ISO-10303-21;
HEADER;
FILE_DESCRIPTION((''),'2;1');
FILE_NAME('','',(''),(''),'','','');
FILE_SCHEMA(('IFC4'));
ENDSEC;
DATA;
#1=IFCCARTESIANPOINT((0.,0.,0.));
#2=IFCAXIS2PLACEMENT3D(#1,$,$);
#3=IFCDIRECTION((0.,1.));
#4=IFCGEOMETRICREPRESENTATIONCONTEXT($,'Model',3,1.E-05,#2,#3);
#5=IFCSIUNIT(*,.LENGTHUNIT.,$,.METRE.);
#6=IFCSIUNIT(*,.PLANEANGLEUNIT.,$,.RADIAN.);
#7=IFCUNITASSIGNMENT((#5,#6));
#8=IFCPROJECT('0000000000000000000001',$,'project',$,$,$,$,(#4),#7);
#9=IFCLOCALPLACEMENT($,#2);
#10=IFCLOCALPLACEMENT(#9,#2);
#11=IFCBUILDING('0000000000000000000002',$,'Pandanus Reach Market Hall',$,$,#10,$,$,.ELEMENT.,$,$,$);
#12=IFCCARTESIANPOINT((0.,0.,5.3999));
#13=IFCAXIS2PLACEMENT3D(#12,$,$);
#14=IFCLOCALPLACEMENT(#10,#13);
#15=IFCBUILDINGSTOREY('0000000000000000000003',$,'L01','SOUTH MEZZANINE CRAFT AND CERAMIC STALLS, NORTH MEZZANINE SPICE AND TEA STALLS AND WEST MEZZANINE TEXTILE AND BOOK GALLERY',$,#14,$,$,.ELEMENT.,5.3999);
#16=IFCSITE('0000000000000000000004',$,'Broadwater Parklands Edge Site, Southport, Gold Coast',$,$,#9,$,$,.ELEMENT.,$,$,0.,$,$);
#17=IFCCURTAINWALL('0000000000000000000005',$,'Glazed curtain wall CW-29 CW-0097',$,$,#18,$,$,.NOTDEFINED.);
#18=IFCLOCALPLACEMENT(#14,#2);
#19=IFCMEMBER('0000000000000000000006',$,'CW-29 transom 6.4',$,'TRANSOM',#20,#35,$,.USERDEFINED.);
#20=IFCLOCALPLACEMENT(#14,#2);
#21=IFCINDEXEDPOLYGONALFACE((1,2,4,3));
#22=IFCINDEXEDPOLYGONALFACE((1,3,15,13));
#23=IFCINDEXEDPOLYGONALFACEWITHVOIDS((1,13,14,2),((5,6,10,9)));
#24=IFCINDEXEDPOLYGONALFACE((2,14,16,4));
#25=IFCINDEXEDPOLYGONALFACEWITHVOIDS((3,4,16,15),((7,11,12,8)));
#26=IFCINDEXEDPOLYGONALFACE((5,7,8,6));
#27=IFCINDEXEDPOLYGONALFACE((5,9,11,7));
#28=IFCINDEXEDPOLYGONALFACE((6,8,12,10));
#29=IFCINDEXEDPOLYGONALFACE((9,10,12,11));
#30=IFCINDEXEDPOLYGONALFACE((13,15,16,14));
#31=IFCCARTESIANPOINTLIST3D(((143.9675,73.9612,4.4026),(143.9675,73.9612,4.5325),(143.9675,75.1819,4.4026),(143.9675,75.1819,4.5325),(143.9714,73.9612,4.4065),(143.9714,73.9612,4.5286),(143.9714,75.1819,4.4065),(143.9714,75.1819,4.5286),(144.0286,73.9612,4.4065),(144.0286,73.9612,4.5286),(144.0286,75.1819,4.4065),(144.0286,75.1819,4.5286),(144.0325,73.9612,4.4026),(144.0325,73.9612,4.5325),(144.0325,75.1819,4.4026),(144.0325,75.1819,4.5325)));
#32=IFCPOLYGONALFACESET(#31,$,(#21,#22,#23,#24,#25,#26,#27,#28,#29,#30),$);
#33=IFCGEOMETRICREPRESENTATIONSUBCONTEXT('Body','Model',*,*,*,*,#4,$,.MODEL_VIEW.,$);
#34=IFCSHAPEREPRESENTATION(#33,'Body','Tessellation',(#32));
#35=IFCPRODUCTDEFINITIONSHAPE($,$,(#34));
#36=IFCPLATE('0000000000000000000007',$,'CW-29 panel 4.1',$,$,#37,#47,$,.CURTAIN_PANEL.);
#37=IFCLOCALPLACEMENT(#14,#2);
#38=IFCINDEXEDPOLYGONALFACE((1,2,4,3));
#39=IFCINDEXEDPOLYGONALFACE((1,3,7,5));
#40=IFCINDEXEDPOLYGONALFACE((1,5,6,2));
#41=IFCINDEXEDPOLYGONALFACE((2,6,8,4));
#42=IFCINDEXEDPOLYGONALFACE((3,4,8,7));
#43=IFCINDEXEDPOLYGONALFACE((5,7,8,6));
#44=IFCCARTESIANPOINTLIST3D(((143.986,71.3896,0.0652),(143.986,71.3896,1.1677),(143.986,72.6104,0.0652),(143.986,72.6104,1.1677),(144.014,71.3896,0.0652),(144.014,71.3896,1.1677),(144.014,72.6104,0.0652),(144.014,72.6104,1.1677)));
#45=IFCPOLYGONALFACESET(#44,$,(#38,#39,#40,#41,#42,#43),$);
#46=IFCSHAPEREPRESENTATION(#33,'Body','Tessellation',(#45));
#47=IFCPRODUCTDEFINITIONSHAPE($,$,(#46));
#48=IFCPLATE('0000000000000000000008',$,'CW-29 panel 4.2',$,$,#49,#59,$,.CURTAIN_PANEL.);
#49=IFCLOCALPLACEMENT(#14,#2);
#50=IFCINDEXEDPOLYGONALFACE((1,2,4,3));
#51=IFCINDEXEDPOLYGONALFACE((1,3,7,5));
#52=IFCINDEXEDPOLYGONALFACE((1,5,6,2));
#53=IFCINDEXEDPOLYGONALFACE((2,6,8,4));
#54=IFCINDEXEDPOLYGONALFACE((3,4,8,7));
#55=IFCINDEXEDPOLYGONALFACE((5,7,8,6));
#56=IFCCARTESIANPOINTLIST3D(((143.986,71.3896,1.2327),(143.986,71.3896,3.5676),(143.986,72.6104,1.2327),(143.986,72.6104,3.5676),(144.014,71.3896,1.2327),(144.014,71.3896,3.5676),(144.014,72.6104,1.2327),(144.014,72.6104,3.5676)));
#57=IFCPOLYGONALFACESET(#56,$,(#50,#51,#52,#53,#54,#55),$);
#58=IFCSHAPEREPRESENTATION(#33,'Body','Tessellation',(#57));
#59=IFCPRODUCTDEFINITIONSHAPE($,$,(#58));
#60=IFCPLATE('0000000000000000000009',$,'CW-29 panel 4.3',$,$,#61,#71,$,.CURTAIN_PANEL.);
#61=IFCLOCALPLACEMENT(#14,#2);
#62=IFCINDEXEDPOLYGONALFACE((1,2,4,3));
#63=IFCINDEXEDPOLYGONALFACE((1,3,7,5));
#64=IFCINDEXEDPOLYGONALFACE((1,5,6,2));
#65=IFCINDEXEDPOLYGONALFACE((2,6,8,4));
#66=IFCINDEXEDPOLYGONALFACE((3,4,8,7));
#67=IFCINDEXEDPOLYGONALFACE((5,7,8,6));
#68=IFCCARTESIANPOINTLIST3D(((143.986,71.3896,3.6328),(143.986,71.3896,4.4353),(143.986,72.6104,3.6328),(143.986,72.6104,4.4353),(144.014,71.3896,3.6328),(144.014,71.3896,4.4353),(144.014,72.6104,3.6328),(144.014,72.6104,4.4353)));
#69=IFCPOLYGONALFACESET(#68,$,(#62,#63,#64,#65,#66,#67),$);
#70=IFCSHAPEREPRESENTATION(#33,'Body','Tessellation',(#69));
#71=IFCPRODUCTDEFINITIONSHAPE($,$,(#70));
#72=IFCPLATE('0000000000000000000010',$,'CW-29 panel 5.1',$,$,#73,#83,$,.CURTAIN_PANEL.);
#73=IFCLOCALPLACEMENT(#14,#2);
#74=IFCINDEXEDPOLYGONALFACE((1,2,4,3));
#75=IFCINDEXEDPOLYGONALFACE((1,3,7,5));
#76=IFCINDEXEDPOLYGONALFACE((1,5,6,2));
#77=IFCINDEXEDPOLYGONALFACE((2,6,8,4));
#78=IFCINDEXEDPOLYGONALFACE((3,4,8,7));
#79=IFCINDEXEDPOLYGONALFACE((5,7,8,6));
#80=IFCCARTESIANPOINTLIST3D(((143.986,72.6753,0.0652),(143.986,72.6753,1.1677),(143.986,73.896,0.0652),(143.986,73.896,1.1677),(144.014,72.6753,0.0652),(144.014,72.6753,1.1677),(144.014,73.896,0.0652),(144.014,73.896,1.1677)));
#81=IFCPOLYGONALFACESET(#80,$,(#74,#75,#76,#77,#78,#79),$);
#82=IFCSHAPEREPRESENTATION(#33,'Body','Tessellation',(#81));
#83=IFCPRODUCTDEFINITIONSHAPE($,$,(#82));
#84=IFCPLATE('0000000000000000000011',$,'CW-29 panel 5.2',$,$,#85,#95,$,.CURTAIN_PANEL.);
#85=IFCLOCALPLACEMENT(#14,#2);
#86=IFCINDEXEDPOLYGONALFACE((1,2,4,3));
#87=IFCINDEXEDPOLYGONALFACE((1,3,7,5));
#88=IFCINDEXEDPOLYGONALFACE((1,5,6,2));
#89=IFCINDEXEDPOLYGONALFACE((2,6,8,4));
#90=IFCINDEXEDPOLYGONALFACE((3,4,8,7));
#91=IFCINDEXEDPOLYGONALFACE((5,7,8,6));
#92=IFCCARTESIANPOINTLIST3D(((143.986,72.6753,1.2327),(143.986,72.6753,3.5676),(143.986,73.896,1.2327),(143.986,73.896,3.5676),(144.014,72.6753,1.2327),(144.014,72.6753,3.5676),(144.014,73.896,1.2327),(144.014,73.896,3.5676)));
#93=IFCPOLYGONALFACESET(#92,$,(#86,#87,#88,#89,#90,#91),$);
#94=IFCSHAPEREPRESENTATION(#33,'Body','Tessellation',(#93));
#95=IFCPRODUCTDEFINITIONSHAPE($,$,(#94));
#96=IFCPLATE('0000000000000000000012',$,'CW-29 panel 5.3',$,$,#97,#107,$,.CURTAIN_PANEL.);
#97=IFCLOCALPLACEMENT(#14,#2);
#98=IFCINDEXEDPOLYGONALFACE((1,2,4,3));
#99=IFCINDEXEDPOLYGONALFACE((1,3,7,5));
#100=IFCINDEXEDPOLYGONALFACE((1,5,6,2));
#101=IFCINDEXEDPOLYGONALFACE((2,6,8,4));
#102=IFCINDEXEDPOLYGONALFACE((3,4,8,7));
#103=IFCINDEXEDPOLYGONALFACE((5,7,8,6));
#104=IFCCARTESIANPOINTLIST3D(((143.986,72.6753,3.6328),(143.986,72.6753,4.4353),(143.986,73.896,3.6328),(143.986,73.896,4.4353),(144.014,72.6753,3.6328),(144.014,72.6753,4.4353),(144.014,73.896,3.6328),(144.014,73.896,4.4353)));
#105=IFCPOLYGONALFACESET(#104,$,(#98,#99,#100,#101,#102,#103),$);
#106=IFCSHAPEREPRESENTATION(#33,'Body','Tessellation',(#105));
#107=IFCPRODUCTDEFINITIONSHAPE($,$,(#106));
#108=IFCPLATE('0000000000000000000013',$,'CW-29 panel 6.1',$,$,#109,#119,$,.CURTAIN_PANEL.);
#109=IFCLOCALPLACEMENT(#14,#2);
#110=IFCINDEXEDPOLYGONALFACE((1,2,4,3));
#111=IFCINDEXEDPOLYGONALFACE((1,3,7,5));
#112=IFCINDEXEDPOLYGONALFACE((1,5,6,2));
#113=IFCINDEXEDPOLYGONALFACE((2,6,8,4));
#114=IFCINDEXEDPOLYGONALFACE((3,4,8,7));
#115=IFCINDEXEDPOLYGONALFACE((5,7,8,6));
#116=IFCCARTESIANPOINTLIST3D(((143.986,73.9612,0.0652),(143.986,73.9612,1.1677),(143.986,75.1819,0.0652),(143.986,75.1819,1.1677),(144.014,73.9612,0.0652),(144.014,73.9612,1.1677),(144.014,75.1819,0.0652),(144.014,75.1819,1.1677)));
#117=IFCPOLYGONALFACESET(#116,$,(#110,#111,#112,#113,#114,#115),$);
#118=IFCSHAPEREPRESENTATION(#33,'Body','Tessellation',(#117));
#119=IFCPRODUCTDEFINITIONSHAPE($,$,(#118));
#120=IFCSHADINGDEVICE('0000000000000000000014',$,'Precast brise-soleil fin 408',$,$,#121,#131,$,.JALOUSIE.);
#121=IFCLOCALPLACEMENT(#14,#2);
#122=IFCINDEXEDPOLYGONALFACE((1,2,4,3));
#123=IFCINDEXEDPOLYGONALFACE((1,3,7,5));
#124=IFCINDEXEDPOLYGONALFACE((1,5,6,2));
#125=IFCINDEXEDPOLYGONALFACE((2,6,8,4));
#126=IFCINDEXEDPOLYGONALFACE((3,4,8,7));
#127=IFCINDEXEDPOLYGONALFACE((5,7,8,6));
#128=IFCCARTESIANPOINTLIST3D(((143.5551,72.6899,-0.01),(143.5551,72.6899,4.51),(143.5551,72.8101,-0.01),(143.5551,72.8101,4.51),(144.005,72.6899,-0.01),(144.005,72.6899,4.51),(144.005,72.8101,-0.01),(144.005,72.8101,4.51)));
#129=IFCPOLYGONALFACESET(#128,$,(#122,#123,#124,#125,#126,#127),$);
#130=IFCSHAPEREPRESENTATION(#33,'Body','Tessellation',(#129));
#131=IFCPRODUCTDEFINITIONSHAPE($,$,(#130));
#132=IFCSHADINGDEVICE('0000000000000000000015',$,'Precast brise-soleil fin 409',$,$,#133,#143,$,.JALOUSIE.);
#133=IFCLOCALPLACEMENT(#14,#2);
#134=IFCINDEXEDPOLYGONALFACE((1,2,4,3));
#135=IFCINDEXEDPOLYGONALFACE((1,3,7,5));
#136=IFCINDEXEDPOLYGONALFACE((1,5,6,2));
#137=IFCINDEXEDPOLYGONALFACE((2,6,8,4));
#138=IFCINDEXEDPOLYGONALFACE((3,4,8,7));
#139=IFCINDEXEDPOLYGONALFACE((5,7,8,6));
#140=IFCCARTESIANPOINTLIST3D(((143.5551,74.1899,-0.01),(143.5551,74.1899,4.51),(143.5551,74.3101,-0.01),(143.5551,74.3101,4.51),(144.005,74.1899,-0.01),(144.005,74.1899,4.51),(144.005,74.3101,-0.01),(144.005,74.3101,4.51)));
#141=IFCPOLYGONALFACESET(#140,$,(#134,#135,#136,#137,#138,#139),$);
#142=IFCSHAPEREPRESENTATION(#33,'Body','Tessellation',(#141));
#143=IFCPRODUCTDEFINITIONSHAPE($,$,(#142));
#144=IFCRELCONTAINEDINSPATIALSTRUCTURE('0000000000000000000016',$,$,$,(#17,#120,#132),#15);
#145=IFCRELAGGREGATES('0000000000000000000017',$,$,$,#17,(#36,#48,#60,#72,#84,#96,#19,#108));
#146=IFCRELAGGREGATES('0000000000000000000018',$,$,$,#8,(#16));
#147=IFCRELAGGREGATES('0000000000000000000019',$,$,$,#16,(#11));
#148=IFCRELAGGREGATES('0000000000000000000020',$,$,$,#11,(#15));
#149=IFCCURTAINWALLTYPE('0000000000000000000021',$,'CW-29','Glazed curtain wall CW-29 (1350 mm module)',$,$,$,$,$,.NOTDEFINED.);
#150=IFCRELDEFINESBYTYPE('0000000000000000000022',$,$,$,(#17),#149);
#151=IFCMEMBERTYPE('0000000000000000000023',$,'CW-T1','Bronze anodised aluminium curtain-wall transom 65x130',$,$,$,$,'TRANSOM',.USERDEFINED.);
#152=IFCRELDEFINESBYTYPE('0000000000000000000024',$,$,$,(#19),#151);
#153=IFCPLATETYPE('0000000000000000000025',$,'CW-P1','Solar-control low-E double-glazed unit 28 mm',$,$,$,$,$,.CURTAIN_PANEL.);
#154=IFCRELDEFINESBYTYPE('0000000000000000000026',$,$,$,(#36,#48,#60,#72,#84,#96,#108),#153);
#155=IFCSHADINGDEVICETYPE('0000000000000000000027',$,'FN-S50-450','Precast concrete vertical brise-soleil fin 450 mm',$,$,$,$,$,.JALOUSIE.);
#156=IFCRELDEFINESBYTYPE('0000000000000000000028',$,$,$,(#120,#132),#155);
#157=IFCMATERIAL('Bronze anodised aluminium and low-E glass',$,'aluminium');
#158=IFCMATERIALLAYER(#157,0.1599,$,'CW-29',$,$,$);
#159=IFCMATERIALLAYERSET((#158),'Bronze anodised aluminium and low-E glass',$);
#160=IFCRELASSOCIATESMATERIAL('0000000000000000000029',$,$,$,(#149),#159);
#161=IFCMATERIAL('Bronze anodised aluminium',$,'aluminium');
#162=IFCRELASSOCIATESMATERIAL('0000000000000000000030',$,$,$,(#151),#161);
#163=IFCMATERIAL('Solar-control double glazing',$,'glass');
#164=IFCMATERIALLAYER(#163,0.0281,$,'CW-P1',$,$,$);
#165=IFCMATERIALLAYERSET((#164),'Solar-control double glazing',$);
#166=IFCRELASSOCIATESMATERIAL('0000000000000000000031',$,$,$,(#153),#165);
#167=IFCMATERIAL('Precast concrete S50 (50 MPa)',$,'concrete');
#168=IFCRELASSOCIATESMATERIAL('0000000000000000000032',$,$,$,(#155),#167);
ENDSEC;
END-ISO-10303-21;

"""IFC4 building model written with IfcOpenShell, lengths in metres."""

from ifc_helpers import new_model, si_unit, direction, frame, origin, origin_2d, place, context, subcontext, project, spatial, rectangle, hollow_rectangle, extrude, material, layer, layer_set, material_profile, profile_set, type_object, element, aggregate, save


model = new_model("IFC4")

# Units and contexts
model_context = context("Model", 3, precision=1e-05, world=origin(), true_north=direction((0.0, 1.0)))
body_context = subcontext(model_context, "Body", "Model", "MODEL_VIEW")
ifc_project = project(units=[si_unit("LENGTHUNIT", "METRE"), si_unit("PLANEANGLEUNIT", "RADIAN")], contexts=[model_context])

# Site, building, storey
site_placement = place(None, origin())
site = spatial("IfcSite", under=ifc_project, at=site_placement, Name="Broadwater Parklands Edge Site, Southport, Gold Coast", CompositionType="ELEMENT", RefElevation=0.0)
building_placement = place(site_placement, origin())
building = spatial("IfcBuilding", under=site, at=building_placement, Name="Pandanus Reach Market Hall", CompositionType="ELEMENT")
storey_placement = place(building_placement, frame((0.0, 0.0, 5.3999)))
storey = spatial("IfcBuildingStorey", under=building, at=storey_placement, Name="L01", Description="SOUTH MEZZANINE CRAFT AND CERAMIC STALLS, NORTH MEZZANINE SPICE AND TEA STALLS AND WEST MEZZANINE TEXTILE AND BOOK GALLERY", CompositionType="ELEMENT", Elevation=5.3999)

# Curtain wall, member, plates
ifc_material_1 = material(Name="Bronze anodised aluminium and low-E glass", Category="aluminium")
ifc_layer_1 = layer(ifc_material_1, 0.1599, Name="CW-29")
ifc_layer_set_1 = layer_set([ifc_layer_1], Name="Bronze anodised aluminium and low-E glass")
curtain_wall_type = type_object("IfcCurtainWallType", Name="CW-29", Description="Glazed curtain wall CW-29 (1350 mm module)", PredefinedType="NOTDEFINED", material=ifc_layer_set_1)
curtain_wall_placement = place(storey_placement, origin())
curtain_wall = element("IfcCurtainWall", 1, at=curtain_wall_placement, inside=storey, type_object=curtain_wall_type, Name="Glazed curtain wall CW-29 CW-0097", PredefinedType="NOTDEFINED")
ifc_material_2 = material(Name="Bronze anodised aluminium", Category="aluminium")
ifc_material_profile_1 = material_profile(ifc_material_2, hollow_rectangle(XDim=0.0649, YDim=0.1299, WallThickness=0.0039, at=origin_2d()), Name="ALU65x130", Category="LoadBearing")
ifc_profile_set_1 = profile_set([ifc_material_profile_1], Name="Bronze anodised aluminium")
member_type_1 = type_object("IfcMemberType", Name="CW-T1", Description="Bronze anodised aluminium curtain-wall transom 65x130", ElementType="TRANSOM", PredefinedType="USERDEFINED", material=ifc_profile_set_1)
member_1_placement = place(storey_placement, frame((144.0, 73.9612, 4.4675), z_axis=(0.0, 1.0, 0.0), x_axis=(-1.0, 0.0, 0.0)))
member_1 = element("IfcMember", 2, at=member_1_placement, type_object=member_type_1, Name="CW-29 transom 6.4", ObjectType="TRANSOM", PredefinedType="USERDEFINED", context=body_context, shape_type="SweptSolid", body=[
    extrude(hollow_rectangle(XDim=0.0649, YDim=0.1299, WallThickness=0.0039, at=origin_2d()), origin(), (0.0, 0.0, 1.0), 1.2207),
])
ifc_material_3 = material(Name="Solar-control double glazing", Category="glass")
ifc_layer_2 = layer(ifc_material_3, 0.0281, Name="CW-P1")
ifc_layer_set_2 = layer_set([ifc_layer_2], Name="Solar-control double glazing")
plate_type = type_object("IfcPlateType", Name="CW-P1", Description="Solar-control low-E double-glazed unit 28 mm", PredefinedType="CURTAIN_PANEL", material=ifc_layer_set_2)
plate_1_placement = place(storey_placement, frame((144.0, 72.0, 0.0652), z_axis=(0.0, 0.0, 1.0), x_axis=(0.0, 1.0, 0.0)))
plate_1 = element("IfcPlate", 3, at=plate_1_placement, type_object=plate_type, Name="CW-29 panel 4.1", PredefinedType="CURTAIN_PANEL", context=body_context, shape_type="SweptSolid", body=[
    extrude(rectangle(XDim=1.2207, YDim=0.0281, at=origin_2d()), origin(), (0.0, 0.0, 1.0), 1.1025),
])
plate_2_placement = place(storey_placement, frame((144.0, 72.0, 1.2327), z_axis=(0.0, 0.0, 1.0), x_axis=(0.0, 1.0, 0.0)))
plate_2 = element("IfcPlate", 4, at=plate_2_placement, type_object=plate_type, Name="CW-29 panel 4.2", PredefinedType="CURTAIN_PANEL", context=body_context, shape_type="SweptSolid", body=[
    extrude(rectangle(XDim=1.2207, YDim=0.0281, at=origin_2d()), origin(), (0.0, 0.0, 1.0), 2.335),
])
plate_3_placement = place(storey_placement, frame((144.0, 72.0, 3.6328), z_axis=(0.0, 0.0, 1.0), x_axis=(0.0, 1.0, 0.0)))
plate_3 = element("IfcPlate", 5, at=plate_3_placement, type_object=plate_type, Name="CW-29 panel 4.3", PredefinedType="CURTAIN_PANEL", context=body_context, shape_type="SweptSolid", body=[
    extrude(rectangle(XDim=1.2207, YDim=0.0281, at=origin_2d()), origin(), (0.0, 0.0, 1.0), 0.8025),
])
plate_4_placement = place(storey_placement, frame((144.0, 73.2856, 0.0652), z_axis=(0.0, 0.0, 1.0), x_axis=(0.0, 1.0, 0.0)))
plate_4 = element("IfcPlate", 6, at=plate_4_placement, type_object=plate_type, Name="CW-29 panel 5.1", PredefinedType="CURTAIN_PANEL", context=body_context, shape_type="SweptSolid", body=[
    extrude(rectangle(XDim=1.2207, YDim=0.0281, at=origin_2d()), origin(), (0.0, 0.0, 1.0), 1.1025),
])
plate_5_placement = place(storey_placement, frame((144.0, 73.2856, 1.2327), z_axis=(0.0, 0.0, 1.0), x_axis=(0.0, 1.0, 0.0)))
plate_5 = element("IfcPlate", 7, at=plate_5_placement, type_object=plate_type, Name="CW-29 panel 5.2", PredefinedType="CURTAIN_PANEL", context=body_context, shape_type="SweptSolid", body=[
    extrude(rectangle(XDim=1.2207, YDim=0.0281, at=origin_2d()), origin(), (0.0, 0.0, 1.0), 2.335),
])
plate_6_placement = place(storey_placement, frame((144.0, 73.2856, 3.6328), z_axis=(0.0, 0.0, 1.0), x_axis=(0.0, 1.0, 0.0)))
plate_6 = element("IfcPlate", 8, at=plate_6_placement, type_object=plate_type, Name="CW-29 panel 5.3", PredefinedType="CURTAIN_PANEL", context=body_context, shape_type="SweptSolid", body=[
    extrude(rectangle(XDim=1.2207, YDim=0.0281, at=origin_2d()), origin(), (0.0, 0.0, 1.0), 0.8025),
])
plate_7_placement = place(storey_placement, frame((144.0, 74.5715, 0.0652), z_axis=(0.0, 0.0, 1.0), x_axis=(0.0, 1.0, 0.0)))
plate_7 = element("IfcPlate", 9, at=plate_7_placement, type_object=plate_type, Name="CW-29 panel 6.1", PredefinedType="CURTAIN_PANEL", context=body_context, shape_type="SweptSolid", body=[
    extrude(rectangle(XDim=1.2207, YDim=0.0281, at=origin_2d()), origin(), (0.0, 0.0, 1.0), 1.1025),
])
aggregate(curtain_wall, [plate_1, plate_2, plate_3, plate_4, plate_5, plate_6, member_1, plate_7])

# Shading devices
ifc_material_4 = material(Name="Precast concrete S50 (50 MPa)", Category="concrete")
shading_device_type = type_object("IfcShadingDeviceType", Name="FN-S50-450", Description="Precast concrete vertical brise-soleil fin 450 mm", PredefinedType="JALOUSIE", material=ifc_material_4)
for number, where, z_axis, x_axis, name in (
    (10, (143.78, 72.75, -0.01), (0.0, 0.0, 1.0), (-1.0, 0.0, 0.0), "Precast brise-soleil fin 408"),
    (11, (143.78, 74.25, -0.01), (0.0, 0.0, 1.0), (-1.0, 0.0, 0.0), "Precast brise-soleil fin 409"),
):
    element("IfcShadingDevice", number, at=place(storey_placement, frame(where, z_axis=z_axis, x_axis=x_axis)), inside=storey, type_object=shading_device_type, Name=name, PredefinedType="JALOUSIE", context=body_context, shape_type="SweptSolid", body=[
        extrude(rectangle(XDim=0.45, YDim=0.1201, at=origin_2d()), origin(), (0.0, 0.0, 1.0), 4.52),
    ])

save(model, "model.ifc")
